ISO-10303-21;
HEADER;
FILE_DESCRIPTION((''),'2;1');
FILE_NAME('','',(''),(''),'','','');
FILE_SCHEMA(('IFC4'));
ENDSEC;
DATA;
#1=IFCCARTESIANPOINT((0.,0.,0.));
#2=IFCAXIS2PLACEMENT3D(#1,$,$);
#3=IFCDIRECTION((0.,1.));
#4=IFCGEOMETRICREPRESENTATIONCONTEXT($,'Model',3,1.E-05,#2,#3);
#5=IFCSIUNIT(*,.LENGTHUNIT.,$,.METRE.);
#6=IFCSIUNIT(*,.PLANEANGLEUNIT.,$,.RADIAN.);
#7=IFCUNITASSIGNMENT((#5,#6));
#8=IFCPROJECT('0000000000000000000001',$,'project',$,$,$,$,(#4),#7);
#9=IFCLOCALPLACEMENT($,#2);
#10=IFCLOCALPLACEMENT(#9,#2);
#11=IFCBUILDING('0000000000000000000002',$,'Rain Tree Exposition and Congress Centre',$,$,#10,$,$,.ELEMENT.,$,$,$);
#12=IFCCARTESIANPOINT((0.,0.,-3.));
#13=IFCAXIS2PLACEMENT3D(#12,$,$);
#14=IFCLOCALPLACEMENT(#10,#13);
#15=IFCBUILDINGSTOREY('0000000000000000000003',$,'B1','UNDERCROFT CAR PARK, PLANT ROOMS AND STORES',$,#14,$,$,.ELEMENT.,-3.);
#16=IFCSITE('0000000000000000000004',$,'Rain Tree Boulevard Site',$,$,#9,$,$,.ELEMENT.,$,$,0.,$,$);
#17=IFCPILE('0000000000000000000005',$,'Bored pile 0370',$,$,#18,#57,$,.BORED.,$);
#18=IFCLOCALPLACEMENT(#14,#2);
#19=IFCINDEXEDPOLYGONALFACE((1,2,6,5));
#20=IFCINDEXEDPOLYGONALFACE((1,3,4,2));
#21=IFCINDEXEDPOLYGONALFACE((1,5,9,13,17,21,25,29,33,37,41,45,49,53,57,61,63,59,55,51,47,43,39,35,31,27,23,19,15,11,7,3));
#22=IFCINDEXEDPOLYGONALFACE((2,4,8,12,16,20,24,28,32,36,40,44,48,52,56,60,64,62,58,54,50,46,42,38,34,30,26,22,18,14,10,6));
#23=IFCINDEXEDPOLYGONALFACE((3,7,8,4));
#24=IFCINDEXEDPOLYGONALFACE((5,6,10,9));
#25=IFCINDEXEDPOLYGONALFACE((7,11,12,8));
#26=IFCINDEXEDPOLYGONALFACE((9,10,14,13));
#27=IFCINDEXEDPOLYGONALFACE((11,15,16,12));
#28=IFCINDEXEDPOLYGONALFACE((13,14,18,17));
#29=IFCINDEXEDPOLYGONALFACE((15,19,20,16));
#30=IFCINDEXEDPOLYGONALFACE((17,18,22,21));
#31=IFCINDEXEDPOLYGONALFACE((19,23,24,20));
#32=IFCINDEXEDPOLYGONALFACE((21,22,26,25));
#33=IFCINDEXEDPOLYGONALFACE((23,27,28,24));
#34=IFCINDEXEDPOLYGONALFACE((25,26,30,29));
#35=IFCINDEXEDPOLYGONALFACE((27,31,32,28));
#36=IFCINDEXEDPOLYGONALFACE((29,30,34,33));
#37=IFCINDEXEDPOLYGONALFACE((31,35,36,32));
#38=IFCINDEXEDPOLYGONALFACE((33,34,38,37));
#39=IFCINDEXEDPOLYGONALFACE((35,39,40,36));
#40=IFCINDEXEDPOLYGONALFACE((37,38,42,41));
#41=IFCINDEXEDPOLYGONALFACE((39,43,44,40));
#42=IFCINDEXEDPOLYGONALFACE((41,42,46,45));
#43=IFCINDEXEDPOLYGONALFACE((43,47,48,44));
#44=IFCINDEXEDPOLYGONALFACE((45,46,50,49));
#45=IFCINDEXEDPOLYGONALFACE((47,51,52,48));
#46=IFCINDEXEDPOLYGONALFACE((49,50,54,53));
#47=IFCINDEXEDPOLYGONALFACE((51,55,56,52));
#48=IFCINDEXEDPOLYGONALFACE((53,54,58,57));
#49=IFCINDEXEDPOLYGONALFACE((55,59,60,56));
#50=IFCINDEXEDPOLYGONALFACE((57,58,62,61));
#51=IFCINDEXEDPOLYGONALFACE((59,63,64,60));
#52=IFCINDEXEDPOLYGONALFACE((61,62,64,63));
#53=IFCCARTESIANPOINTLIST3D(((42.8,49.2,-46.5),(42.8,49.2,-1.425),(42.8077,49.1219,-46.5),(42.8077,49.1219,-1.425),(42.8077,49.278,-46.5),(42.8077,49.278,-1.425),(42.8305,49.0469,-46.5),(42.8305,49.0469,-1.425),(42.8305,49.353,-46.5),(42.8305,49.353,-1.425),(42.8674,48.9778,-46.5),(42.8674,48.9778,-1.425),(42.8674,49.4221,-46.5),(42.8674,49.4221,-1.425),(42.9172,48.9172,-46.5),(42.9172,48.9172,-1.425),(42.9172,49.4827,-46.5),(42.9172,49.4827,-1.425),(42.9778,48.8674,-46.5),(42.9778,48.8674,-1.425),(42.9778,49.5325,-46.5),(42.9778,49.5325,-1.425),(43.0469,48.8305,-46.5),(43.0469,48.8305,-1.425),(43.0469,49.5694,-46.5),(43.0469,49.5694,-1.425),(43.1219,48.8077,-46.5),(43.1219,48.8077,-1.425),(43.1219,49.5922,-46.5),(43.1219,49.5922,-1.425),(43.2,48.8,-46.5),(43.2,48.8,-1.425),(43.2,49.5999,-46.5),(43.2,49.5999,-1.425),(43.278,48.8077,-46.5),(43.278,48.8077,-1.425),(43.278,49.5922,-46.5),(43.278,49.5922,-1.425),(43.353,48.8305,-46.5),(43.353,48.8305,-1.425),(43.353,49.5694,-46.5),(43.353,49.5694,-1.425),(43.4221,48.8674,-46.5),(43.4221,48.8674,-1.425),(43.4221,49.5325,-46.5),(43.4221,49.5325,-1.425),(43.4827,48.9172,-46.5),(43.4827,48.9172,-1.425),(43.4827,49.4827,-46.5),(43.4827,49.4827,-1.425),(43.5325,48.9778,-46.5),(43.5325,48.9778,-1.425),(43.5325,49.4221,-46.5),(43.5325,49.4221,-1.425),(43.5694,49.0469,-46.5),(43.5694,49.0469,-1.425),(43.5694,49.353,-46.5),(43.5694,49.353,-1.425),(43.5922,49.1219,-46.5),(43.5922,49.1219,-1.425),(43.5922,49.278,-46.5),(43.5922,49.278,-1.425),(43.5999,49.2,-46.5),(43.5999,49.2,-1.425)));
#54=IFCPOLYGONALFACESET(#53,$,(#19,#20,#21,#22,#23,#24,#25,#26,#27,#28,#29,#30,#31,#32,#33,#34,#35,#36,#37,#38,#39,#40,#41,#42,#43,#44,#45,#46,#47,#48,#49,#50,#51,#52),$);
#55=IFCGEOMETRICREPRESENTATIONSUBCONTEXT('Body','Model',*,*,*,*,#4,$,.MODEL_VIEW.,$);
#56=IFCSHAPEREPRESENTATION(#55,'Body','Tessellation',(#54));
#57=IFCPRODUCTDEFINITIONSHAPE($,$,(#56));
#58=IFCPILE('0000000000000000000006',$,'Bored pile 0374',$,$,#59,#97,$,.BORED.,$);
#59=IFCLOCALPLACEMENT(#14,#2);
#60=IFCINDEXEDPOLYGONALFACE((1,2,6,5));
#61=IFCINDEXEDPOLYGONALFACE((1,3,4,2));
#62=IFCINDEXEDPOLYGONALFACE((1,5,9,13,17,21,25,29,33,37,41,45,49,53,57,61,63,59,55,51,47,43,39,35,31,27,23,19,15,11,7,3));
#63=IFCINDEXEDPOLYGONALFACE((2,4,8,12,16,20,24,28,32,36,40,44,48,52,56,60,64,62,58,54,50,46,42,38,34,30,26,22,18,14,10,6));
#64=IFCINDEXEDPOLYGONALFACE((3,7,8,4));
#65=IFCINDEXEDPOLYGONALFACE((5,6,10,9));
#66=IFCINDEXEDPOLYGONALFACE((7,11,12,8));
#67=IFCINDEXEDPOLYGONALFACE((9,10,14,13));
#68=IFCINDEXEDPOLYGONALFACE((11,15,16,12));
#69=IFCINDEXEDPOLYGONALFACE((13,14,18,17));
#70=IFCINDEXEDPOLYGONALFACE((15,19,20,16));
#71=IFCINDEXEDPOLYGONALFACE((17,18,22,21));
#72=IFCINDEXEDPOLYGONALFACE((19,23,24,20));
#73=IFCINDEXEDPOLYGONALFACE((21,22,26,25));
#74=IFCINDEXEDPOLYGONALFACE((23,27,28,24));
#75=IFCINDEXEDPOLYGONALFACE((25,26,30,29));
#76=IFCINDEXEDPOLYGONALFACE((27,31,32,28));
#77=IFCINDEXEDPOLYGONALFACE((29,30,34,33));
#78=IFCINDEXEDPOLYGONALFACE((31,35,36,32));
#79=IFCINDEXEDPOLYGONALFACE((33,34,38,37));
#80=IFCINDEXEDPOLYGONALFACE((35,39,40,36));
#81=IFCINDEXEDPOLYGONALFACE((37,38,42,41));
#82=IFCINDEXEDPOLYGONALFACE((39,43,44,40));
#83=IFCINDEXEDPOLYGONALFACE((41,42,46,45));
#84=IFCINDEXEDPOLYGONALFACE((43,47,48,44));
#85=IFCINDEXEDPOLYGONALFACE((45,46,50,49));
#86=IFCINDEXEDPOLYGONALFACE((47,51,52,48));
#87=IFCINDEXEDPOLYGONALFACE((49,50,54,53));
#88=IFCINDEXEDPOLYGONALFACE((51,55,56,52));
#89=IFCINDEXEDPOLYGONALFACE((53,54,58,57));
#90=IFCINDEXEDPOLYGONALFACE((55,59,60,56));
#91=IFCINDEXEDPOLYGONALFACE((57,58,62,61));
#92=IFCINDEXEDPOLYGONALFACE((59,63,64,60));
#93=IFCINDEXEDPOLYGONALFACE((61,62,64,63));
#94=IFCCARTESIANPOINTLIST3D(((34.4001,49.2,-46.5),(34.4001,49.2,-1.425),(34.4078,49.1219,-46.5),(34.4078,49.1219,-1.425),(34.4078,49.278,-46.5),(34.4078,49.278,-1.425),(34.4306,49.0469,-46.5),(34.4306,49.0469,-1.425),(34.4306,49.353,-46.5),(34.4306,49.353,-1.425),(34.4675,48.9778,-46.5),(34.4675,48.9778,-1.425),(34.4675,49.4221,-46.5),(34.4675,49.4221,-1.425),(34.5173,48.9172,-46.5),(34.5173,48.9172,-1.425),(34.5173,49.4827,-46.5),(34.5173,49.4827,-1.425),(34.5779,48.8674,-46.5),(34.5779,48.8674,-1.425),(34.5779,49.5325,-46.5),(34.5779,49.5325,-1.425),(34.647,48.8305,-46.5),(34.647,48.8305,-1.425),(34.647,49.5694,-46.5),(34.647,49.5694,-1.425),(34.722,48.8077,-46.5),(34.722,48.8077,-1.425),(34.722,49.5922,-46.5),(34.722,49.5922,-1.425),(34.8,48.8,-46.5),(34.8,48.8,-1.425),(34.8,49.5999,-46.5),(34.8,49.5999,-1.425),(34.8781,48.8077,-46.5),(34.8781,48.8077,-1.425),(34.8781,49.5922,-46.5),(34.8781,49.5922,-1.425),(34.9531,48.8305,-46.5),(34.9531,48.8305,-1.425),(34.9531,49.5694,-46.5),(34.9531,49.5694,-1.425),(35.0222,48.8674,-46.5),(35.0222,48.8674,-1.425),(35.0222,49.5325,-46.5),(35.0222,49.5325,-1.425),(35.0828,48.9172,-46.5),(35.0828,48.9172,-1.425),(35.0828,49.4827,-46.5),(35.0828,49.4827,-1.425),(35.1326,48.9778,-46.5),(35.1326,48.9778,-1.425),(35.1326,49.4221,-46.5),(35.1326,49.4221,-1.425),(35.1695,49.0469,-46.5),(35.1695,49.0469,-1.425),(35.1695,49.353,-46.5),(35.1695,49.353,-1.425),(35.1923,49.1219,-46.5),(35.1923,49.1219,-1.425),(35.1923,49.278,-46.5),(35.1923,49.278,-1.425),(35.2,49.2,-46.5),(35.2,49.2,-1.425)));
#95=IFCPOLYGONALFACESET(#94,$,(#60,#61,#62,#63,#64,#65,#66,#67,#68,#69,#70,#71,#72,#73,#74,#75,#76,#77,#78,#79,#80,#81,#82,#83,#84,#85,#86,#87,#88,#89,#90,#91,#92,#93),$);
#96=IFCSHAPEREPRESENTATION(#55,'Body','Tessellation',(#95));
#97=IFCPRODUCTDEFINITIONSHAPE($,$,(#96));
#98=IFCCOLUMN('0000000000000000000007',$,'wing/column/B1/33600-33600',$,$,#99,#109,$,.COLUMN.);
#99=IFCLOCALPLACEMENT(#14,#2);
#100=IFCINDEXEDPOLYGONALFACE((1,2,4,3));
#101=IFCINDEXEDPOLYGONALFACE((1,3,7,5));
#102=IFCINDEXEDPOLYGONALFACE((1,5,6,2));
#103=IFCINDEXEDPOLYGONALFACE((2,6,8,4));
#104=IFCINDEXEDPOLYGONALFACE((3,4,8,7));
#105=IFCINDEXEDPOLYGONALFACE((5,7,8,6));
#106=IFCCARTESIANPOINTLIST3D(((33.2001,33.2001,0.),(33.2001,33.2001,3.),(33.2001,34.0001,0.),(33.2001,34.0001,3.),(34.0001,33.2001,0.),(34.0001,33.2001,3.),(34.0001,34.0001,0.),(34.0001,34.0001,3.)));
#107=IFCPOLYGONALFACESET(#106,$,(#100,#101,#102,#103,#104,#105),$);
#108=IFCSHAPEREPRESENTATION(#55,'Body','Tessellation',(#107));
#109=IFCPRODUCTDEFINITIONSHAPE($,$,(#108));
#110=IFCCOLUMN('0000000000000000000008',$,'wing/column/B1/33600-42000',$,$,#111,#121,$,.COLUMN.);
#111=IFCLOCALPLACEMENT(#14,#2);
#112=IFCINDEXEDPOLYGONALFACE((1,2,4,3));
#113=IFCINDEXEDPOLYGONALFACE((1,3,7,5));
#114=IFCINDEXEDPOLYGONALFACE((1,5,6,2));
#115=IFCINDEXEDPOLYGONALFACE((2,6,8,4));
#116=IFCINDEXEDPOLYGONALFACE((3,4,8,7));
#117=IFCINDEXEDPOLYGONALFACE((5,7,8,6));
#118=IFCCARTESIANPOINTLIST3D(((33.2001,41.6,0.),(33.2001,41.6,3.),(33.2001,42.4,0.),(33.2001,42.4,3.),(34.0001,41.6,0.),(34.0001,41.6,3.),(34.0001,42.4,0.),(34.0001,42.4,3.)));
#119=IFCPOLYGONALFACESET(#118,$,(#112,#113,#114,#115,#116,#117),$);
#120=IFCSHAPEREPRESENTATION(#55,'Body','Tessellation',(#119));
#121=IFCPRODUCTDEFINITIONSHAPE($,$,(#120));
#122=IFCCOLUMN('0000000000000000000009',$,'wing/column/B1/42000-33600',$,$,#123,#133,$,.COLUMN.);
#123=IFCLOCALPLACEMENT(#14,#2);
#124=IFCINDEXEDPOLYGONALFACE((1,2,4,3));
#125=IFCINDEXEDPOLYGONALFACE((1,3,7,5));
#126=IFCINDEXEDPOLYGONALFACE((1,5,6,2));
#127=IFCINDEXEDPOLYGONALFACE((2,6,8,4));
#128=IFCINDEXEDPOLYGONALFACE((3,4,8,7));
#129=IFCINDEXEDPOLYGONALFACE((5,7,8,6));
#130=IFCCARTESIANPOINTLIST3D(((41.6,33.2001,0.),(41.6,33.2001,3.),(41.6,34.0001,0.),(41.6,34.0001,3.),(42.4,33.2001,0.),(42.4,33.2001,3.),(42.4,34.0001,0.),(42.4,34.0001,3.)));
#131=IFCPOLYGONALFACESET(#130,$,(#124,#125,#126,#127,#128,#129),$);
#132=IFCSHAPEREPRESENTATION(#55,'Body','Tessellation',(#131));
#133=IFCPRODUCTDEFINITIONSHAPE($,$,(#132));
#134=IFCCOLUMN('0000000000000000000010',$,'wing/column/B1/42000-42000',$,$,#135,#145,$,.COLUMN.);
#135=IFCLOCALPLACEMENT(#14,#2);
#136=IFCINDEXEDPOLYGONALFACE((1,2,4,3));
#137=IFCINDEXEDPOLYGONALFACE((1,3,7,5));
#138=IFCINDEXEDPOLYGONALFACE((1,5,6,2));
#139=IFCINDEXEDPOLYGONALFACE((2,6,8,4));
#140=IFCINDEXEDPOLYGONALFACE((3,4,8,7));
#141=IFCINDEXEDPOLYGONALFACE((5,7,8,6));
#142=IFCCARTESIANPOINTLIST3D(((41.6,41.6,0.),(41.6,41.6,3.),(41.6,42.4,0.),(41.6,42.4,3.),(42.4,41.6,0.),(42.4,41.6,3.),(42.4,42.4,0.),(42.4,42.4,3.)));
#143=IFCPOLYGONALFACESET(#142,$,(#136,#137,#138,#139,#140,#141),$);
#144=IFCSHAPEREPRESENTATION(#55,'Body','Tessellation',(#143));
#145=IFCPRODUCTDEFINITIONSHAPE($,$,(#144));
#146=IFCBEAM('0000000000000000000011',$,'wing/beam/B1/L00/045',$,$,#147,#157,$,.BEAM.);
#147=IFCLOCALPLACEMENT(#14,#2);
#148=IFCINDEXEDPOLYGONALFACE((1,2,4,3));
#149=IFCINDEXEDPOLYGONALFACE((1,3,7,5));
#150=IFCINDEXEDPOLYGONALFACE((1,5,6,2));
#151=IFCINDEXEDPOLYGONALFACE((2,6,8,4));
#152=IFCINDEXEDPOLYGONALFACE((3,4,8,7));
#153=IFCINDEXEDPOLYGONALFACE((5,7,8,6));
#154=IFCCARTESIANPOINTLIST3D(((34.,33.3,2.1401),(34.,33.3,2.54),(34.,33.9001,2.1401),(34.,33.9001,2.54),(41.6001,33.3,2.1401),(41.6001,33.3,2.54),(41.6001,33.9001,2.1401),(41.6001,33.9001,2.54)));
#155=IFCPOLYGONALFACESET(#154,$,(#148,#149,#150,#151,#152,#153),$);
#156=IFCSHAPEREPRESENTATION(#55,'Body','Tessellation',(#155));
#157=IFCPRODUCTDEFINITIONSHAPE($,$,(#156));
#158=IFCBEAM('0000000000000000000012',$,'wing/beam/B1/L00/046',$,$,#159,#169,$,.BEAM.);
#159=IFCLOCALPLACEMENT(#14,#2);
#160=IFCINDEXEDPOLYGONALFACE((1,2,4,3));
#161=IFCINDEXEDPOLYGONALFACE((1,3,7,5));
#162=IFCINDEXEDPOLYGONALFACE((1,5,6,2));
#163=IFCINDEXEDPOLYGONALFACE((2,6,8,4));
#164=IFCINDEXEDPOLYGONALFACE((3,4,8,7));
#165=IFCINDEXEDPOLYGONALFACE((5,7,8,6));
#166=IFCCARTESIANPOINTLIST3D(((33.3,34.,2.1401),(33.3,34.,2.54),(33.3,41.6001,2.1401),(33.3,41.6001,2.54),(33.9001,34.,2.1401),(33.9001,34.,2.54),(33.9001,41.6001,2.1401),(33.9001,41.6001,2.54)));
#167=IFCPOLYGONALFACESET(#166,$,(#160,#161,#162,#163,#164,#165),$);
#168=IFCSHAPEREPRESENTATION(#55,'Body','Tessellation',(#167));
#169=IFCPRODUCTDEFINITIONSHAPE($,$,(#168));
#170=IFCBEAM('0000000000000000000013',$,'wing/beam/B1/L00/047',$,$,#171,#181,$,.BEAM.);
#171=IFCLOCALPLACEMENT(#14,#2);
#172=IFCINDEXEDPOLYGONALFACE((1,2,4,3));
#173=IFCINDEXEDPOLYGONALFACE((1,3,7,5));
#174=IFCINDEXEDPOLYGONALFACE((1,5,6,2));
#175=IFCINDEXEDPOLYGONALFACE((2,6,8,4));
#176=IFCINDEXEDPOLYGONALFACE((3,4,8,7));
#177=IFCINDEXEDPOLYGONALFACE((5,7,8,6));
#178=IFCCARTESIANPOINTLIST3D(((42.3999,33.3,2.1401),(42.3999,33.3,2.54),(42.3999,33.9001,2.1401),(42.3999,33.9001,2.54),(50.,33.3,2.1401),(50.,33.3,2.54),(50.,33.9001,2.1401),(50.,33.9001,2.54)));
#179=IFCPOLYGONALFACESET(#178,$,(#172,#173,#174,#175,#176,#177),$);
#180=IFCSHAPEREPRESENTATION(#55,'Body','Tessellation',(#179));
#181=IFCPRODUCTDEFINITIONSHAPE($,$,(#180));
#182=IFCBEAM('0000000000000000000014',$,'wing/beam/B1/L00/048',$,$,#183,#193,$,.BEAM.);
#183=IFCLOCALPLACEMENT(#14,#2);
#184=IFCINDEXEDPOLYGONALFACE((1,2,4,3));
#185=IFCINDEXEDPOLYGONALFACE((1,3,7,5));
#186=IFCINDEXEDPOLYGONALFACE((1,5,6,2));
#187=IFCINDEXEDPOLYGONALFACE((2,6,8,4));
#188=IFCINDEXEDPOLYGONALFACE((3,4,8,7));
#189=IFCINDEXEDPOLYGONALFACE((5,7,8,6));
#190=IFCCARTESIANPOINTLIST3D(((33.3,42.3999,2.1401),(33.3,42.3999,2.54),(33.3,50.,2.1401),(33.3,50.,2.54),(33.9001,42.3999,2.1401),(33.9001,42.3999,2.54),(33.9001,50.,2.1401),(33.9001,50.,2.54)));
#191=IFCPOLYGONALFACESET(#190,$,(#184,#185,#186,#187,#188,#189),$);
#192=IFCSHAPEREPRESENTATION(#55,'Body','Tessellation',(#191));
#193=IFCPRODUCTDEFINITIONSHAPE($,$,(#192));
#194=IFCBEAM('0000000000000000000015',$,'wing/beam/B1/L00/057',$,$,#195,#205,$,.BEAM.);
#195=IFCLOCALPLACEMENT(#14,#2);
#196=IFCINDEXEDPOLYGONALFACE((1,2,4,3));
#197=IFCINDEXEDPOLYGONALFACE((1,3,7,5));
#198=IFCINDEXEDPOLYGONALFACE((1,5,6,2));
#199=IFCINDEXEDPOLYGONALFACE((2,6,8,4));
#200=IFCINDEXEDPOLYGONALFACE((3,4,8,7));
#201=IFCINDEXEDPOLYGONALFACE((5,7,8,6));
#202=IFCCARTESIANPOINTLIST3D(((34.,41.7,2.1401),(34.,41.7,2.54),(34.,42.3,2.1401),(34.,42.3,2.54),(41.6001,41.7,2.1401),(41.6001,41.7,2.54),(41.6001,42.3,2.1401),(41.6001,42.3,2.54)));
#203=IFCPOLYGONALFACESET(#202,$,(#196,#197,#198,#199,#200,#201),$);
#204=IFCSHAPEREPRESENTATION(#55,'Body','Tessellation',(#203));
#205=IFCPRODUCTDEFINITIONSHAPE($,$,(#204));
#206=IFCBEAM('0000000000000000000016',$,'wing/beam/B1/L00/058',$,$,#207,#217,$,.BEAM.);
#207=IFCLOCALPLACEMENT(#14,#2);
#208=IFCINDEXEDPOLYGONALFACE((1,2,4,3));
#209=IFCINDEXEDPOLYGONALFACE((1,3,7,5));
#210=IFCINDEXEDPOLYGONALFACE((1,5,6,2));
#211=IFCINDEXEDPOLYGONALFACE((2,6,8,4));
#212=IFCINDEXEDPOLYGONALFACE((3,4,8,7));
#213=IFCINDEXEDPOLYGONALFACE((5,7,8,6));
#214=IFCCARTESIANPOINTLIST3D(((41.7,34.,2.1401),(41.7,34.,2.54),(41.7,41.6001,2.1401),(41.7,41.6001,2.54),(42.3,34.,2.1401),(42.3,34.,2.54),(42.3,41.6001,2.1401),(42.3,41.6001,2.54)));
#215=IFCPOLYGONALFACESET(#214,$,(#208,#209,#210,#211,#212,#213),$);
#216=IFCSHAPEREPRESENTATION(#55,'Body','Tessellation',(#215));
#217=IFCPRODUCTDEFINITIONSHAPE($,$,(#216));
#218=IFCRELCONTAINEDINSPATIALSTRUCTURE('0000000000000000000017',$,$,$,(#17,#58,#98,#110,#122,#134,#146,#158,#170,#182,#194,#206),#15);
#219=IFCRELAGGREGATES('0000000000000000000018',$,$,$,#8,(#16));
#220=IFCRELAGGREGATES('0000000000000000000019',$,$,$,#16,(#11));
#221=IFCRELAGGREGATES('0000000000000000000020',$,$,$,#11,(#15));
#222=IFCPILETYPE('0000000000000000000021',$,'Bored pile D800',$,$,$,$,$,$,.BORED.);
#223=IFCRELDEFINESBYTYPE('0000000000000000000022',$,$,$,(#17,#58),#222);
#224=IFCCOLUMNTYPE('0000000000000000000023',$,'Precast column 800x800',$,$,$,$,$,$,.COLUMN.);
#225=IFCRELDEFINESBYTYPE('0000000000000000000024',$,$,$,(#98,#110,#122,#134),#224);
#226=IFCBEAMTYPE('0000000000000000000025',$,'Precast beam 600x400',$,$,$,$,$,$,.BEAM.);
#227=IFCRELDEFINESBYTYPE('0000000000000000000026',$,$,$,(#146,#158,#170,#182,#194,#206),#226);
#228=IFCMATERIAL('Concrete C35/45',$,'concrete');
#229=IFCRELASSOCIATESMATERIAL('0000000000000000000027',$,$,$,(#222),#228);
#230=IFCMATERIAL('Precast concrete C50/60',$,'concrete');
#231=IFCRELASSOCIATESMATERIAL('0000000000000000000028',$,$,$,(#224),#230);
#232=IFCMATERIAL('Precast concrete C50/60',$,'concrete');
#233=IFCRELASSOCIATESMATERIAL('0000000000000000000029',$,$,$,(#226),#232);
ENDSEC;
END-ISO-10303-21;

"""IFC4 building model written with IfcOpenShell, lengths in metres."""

from ifc_helpers import new_model, si_unit, direction, frame, origin, origin_2d, place, context, subcontext, project, spatial, rectangle, circle, extrude, material, material_profile, profile_set, type_object, element, save


model = new_model("IFC4")

# Units and contexts
model_context = context("Model", 3, precision=1e-05, world=origin(), true_north=direction((0.0, 1.0)))
body_context = subcontext(model_context, "Body", "Model", "MODEL_VIEW")
ifc_project = project(units=[si_unit("LENGTHUNIT", "METRE"), si_unit("PLANEANGLEUNIT", "RADIAN")], contexts=[model_context])

# Site, building, storey
site_placement = place(None, origin())
site = spatial("IfcSite", under=ifc_project, at=site_placement, Name="Rain Tree Boulevard Site", CompositionType="ELEMENT", RefElevation=0.0)
building_placement = place(site_placement, origin())
building = spatial("IfcBuilding", under=site, at=building_placement, Name="Rain Tree Exposition and Congress Centre", CompositionType="ELEMENT")
storey_placement = place(building_placement, frame((0.0, 0.0, -3.0)))
storey = spatial("IfcBuildingStorey", under=building, at=storey_placement, Name="B1", Description="UNDERCROFT CAR PARK, PLANT ROOMS AND STORES", CompositionType="ELEMENT", Elevation=-3.0)

# Piles
ifc_material_1 = material(Name="Concrete C35/45", Category="concrete")
ifc_material_profile_1 = material_profile(ifc_material_1, circle(Radius=0.3999, at=origin_2d()), Name="D800")
ifc_profile_set_1 = profile_set([ifc_material_profile_1], Name="Concrete C35/45")
pile_type = type_object("IfcPileType", Name="Bored pile D800", PredefinedType="BORED", material=ifc_profile_set_1)
for number, where, z_axis, x_axis, name in (
    (1, (43.2, 49.2, -1.425), (0.0, 0.0, -1.0), (1.0, 0.0, 0.0), "Bored pile 0370"),
    (2, (34.8, 49.2, -1.425), (0.0, 0.0, -1.0), (1.0, 0.0, 0.0), "Bored pile 0374"),
):
    element("IfcPile", number, at=place(storey_placement, frame(where, z_axis=z_axis, x_axis=x_axis)), inside=storey, type_object=pile_type, Name=name, PredefinedType="BORED", context=body_context, shape_type="SweptSolid", body=[
        extrude(circle(Radius=0.3999, at=origin_2d()), origin(), (0.0, 0.0, 1.0), 45.075),
    ])

# Columns
ifc_material_2 = material(Name="Precast concrete C50/60", Category="concrete")
ifc_material_profile_2 = material_profile(ifc_material_2, rectangle(XDim=0.8, YDim=0.8, at=origin_2d()), Name="RC 800x800")
ifc_profile_set_2 = profile_set([ifc_material_profile_2], Name="Precast concrete C50/60")
column_type = type_object("IfcColumnType", Name="Precast column 800x800", PredefinedType="COLUMN", material=ifc_profile_set_2)
for number, where, z_axis, x_axis, name in (
    (3, (33.6001, 33.6001, 0.0), (0.0, 0.0, 1.0), (1.0, 0.0, 0.0), "wing/column/B1/33600-33600"),
    (4, (33.6001, 42.0, 0.0), (0.0, 0.0, 1.0), (1.0, 0.0, 0.0), "wing/column/B1/33600-42000"),
    (5, (42.0, 33.6001, 0.0), (0.0, 0.0, 1.0), (1.0, 0.0, 0.0), "wing/column/B1/42000-33600"),
    (6, (42.0, 42.0, 0.0), (0.0, 0.0, 1.0), (1.0, 0.0, 0.0), "wing/column/B1/42000-42000"),
):
    element("IfcColumn", number, at=place(storey_placement, frame(where, z_axis=z_axis, x_axis=x_axis)), inside=storey, type_object=column_type, Name=name, PredefinedType="COLUMN", context=body_context, shape_type="SweptSolid", body=[
        extrude(rectangle(XDim=0.8, YDim=0.8, at=origin_2d()), origin(), (0.0, 0.0, 1.0), 3.0),
    ])

# Beams
ifc_material_3 = material(Name="Precast concrete C50/60", Category="concrete")
ifc_material_profile_3 = material_profile(ifc_material_3, rectangle(XDim=0.6001, YDim=0.3999, at=origin_2d()), Name="RC 600x400")
ifc_profile_set_3 = profile_set([ifc_material_profile_3], Name="Precast concrete C50/60")
beam_type = type_object("IfcBeamType", Name="Precast beam 600x400", PredefinedType="BEAM", material=ifc_profile_set_3)
for number, where, z_axis, x_axis, name in (
    (7, (34.0, 33.6001, 2.3401), (1.0, 0.0, 0.0), (0.0, 1.0, 0.0), "wing/beam/B1/L00/045"),
    (8, (33.6001, 34.0, 2.3401), (0.0, 1.0, 0.0), (-1.0, 0.0, 0.0), "wing/beam/B1/L00/046"),
    (9, (42.3999, 33.6001, 2.3401), (1.0, 0.0, 0.0), (0.0, 1.0, 0.0), "wing/beam/B1/L00/047"),
    (10, (33.6001, 42.3999, 2.3401), (0.0, 1.0, 0.0), (-1.0, 0.0, 0.0), "wing/beam/B1/L00/048"),
    (11, (34.0, 42.0, 2.3401), (1.0, 0.0, 0.0), (0.0, 1.0, 0.0), "wing/beam/B1/L00/057"),
    (12, (42.0, 34.0, 2.3401), (0.0, 1.0, 0.0), (-1.0, 0.0, 0.0), "wing/beam/B1/L00/058"),
):
    element("IfcBeam", number, at=place(storey_placement, frame(where, z_axis=z_axis, x_axis=x_axis)), inside=storey, type_object=beam_type, Name=name, PredefinedType="BEAM", context=body_context, shape_type="SweptSolid", body=[
        extrude(rectangle(XDim=0.6001, YDim=0.3999, at=origin_2d()), origin(), (0.0, 0.0, 1.0), 7.6001),
    ])

save(model, "model.ifc")
